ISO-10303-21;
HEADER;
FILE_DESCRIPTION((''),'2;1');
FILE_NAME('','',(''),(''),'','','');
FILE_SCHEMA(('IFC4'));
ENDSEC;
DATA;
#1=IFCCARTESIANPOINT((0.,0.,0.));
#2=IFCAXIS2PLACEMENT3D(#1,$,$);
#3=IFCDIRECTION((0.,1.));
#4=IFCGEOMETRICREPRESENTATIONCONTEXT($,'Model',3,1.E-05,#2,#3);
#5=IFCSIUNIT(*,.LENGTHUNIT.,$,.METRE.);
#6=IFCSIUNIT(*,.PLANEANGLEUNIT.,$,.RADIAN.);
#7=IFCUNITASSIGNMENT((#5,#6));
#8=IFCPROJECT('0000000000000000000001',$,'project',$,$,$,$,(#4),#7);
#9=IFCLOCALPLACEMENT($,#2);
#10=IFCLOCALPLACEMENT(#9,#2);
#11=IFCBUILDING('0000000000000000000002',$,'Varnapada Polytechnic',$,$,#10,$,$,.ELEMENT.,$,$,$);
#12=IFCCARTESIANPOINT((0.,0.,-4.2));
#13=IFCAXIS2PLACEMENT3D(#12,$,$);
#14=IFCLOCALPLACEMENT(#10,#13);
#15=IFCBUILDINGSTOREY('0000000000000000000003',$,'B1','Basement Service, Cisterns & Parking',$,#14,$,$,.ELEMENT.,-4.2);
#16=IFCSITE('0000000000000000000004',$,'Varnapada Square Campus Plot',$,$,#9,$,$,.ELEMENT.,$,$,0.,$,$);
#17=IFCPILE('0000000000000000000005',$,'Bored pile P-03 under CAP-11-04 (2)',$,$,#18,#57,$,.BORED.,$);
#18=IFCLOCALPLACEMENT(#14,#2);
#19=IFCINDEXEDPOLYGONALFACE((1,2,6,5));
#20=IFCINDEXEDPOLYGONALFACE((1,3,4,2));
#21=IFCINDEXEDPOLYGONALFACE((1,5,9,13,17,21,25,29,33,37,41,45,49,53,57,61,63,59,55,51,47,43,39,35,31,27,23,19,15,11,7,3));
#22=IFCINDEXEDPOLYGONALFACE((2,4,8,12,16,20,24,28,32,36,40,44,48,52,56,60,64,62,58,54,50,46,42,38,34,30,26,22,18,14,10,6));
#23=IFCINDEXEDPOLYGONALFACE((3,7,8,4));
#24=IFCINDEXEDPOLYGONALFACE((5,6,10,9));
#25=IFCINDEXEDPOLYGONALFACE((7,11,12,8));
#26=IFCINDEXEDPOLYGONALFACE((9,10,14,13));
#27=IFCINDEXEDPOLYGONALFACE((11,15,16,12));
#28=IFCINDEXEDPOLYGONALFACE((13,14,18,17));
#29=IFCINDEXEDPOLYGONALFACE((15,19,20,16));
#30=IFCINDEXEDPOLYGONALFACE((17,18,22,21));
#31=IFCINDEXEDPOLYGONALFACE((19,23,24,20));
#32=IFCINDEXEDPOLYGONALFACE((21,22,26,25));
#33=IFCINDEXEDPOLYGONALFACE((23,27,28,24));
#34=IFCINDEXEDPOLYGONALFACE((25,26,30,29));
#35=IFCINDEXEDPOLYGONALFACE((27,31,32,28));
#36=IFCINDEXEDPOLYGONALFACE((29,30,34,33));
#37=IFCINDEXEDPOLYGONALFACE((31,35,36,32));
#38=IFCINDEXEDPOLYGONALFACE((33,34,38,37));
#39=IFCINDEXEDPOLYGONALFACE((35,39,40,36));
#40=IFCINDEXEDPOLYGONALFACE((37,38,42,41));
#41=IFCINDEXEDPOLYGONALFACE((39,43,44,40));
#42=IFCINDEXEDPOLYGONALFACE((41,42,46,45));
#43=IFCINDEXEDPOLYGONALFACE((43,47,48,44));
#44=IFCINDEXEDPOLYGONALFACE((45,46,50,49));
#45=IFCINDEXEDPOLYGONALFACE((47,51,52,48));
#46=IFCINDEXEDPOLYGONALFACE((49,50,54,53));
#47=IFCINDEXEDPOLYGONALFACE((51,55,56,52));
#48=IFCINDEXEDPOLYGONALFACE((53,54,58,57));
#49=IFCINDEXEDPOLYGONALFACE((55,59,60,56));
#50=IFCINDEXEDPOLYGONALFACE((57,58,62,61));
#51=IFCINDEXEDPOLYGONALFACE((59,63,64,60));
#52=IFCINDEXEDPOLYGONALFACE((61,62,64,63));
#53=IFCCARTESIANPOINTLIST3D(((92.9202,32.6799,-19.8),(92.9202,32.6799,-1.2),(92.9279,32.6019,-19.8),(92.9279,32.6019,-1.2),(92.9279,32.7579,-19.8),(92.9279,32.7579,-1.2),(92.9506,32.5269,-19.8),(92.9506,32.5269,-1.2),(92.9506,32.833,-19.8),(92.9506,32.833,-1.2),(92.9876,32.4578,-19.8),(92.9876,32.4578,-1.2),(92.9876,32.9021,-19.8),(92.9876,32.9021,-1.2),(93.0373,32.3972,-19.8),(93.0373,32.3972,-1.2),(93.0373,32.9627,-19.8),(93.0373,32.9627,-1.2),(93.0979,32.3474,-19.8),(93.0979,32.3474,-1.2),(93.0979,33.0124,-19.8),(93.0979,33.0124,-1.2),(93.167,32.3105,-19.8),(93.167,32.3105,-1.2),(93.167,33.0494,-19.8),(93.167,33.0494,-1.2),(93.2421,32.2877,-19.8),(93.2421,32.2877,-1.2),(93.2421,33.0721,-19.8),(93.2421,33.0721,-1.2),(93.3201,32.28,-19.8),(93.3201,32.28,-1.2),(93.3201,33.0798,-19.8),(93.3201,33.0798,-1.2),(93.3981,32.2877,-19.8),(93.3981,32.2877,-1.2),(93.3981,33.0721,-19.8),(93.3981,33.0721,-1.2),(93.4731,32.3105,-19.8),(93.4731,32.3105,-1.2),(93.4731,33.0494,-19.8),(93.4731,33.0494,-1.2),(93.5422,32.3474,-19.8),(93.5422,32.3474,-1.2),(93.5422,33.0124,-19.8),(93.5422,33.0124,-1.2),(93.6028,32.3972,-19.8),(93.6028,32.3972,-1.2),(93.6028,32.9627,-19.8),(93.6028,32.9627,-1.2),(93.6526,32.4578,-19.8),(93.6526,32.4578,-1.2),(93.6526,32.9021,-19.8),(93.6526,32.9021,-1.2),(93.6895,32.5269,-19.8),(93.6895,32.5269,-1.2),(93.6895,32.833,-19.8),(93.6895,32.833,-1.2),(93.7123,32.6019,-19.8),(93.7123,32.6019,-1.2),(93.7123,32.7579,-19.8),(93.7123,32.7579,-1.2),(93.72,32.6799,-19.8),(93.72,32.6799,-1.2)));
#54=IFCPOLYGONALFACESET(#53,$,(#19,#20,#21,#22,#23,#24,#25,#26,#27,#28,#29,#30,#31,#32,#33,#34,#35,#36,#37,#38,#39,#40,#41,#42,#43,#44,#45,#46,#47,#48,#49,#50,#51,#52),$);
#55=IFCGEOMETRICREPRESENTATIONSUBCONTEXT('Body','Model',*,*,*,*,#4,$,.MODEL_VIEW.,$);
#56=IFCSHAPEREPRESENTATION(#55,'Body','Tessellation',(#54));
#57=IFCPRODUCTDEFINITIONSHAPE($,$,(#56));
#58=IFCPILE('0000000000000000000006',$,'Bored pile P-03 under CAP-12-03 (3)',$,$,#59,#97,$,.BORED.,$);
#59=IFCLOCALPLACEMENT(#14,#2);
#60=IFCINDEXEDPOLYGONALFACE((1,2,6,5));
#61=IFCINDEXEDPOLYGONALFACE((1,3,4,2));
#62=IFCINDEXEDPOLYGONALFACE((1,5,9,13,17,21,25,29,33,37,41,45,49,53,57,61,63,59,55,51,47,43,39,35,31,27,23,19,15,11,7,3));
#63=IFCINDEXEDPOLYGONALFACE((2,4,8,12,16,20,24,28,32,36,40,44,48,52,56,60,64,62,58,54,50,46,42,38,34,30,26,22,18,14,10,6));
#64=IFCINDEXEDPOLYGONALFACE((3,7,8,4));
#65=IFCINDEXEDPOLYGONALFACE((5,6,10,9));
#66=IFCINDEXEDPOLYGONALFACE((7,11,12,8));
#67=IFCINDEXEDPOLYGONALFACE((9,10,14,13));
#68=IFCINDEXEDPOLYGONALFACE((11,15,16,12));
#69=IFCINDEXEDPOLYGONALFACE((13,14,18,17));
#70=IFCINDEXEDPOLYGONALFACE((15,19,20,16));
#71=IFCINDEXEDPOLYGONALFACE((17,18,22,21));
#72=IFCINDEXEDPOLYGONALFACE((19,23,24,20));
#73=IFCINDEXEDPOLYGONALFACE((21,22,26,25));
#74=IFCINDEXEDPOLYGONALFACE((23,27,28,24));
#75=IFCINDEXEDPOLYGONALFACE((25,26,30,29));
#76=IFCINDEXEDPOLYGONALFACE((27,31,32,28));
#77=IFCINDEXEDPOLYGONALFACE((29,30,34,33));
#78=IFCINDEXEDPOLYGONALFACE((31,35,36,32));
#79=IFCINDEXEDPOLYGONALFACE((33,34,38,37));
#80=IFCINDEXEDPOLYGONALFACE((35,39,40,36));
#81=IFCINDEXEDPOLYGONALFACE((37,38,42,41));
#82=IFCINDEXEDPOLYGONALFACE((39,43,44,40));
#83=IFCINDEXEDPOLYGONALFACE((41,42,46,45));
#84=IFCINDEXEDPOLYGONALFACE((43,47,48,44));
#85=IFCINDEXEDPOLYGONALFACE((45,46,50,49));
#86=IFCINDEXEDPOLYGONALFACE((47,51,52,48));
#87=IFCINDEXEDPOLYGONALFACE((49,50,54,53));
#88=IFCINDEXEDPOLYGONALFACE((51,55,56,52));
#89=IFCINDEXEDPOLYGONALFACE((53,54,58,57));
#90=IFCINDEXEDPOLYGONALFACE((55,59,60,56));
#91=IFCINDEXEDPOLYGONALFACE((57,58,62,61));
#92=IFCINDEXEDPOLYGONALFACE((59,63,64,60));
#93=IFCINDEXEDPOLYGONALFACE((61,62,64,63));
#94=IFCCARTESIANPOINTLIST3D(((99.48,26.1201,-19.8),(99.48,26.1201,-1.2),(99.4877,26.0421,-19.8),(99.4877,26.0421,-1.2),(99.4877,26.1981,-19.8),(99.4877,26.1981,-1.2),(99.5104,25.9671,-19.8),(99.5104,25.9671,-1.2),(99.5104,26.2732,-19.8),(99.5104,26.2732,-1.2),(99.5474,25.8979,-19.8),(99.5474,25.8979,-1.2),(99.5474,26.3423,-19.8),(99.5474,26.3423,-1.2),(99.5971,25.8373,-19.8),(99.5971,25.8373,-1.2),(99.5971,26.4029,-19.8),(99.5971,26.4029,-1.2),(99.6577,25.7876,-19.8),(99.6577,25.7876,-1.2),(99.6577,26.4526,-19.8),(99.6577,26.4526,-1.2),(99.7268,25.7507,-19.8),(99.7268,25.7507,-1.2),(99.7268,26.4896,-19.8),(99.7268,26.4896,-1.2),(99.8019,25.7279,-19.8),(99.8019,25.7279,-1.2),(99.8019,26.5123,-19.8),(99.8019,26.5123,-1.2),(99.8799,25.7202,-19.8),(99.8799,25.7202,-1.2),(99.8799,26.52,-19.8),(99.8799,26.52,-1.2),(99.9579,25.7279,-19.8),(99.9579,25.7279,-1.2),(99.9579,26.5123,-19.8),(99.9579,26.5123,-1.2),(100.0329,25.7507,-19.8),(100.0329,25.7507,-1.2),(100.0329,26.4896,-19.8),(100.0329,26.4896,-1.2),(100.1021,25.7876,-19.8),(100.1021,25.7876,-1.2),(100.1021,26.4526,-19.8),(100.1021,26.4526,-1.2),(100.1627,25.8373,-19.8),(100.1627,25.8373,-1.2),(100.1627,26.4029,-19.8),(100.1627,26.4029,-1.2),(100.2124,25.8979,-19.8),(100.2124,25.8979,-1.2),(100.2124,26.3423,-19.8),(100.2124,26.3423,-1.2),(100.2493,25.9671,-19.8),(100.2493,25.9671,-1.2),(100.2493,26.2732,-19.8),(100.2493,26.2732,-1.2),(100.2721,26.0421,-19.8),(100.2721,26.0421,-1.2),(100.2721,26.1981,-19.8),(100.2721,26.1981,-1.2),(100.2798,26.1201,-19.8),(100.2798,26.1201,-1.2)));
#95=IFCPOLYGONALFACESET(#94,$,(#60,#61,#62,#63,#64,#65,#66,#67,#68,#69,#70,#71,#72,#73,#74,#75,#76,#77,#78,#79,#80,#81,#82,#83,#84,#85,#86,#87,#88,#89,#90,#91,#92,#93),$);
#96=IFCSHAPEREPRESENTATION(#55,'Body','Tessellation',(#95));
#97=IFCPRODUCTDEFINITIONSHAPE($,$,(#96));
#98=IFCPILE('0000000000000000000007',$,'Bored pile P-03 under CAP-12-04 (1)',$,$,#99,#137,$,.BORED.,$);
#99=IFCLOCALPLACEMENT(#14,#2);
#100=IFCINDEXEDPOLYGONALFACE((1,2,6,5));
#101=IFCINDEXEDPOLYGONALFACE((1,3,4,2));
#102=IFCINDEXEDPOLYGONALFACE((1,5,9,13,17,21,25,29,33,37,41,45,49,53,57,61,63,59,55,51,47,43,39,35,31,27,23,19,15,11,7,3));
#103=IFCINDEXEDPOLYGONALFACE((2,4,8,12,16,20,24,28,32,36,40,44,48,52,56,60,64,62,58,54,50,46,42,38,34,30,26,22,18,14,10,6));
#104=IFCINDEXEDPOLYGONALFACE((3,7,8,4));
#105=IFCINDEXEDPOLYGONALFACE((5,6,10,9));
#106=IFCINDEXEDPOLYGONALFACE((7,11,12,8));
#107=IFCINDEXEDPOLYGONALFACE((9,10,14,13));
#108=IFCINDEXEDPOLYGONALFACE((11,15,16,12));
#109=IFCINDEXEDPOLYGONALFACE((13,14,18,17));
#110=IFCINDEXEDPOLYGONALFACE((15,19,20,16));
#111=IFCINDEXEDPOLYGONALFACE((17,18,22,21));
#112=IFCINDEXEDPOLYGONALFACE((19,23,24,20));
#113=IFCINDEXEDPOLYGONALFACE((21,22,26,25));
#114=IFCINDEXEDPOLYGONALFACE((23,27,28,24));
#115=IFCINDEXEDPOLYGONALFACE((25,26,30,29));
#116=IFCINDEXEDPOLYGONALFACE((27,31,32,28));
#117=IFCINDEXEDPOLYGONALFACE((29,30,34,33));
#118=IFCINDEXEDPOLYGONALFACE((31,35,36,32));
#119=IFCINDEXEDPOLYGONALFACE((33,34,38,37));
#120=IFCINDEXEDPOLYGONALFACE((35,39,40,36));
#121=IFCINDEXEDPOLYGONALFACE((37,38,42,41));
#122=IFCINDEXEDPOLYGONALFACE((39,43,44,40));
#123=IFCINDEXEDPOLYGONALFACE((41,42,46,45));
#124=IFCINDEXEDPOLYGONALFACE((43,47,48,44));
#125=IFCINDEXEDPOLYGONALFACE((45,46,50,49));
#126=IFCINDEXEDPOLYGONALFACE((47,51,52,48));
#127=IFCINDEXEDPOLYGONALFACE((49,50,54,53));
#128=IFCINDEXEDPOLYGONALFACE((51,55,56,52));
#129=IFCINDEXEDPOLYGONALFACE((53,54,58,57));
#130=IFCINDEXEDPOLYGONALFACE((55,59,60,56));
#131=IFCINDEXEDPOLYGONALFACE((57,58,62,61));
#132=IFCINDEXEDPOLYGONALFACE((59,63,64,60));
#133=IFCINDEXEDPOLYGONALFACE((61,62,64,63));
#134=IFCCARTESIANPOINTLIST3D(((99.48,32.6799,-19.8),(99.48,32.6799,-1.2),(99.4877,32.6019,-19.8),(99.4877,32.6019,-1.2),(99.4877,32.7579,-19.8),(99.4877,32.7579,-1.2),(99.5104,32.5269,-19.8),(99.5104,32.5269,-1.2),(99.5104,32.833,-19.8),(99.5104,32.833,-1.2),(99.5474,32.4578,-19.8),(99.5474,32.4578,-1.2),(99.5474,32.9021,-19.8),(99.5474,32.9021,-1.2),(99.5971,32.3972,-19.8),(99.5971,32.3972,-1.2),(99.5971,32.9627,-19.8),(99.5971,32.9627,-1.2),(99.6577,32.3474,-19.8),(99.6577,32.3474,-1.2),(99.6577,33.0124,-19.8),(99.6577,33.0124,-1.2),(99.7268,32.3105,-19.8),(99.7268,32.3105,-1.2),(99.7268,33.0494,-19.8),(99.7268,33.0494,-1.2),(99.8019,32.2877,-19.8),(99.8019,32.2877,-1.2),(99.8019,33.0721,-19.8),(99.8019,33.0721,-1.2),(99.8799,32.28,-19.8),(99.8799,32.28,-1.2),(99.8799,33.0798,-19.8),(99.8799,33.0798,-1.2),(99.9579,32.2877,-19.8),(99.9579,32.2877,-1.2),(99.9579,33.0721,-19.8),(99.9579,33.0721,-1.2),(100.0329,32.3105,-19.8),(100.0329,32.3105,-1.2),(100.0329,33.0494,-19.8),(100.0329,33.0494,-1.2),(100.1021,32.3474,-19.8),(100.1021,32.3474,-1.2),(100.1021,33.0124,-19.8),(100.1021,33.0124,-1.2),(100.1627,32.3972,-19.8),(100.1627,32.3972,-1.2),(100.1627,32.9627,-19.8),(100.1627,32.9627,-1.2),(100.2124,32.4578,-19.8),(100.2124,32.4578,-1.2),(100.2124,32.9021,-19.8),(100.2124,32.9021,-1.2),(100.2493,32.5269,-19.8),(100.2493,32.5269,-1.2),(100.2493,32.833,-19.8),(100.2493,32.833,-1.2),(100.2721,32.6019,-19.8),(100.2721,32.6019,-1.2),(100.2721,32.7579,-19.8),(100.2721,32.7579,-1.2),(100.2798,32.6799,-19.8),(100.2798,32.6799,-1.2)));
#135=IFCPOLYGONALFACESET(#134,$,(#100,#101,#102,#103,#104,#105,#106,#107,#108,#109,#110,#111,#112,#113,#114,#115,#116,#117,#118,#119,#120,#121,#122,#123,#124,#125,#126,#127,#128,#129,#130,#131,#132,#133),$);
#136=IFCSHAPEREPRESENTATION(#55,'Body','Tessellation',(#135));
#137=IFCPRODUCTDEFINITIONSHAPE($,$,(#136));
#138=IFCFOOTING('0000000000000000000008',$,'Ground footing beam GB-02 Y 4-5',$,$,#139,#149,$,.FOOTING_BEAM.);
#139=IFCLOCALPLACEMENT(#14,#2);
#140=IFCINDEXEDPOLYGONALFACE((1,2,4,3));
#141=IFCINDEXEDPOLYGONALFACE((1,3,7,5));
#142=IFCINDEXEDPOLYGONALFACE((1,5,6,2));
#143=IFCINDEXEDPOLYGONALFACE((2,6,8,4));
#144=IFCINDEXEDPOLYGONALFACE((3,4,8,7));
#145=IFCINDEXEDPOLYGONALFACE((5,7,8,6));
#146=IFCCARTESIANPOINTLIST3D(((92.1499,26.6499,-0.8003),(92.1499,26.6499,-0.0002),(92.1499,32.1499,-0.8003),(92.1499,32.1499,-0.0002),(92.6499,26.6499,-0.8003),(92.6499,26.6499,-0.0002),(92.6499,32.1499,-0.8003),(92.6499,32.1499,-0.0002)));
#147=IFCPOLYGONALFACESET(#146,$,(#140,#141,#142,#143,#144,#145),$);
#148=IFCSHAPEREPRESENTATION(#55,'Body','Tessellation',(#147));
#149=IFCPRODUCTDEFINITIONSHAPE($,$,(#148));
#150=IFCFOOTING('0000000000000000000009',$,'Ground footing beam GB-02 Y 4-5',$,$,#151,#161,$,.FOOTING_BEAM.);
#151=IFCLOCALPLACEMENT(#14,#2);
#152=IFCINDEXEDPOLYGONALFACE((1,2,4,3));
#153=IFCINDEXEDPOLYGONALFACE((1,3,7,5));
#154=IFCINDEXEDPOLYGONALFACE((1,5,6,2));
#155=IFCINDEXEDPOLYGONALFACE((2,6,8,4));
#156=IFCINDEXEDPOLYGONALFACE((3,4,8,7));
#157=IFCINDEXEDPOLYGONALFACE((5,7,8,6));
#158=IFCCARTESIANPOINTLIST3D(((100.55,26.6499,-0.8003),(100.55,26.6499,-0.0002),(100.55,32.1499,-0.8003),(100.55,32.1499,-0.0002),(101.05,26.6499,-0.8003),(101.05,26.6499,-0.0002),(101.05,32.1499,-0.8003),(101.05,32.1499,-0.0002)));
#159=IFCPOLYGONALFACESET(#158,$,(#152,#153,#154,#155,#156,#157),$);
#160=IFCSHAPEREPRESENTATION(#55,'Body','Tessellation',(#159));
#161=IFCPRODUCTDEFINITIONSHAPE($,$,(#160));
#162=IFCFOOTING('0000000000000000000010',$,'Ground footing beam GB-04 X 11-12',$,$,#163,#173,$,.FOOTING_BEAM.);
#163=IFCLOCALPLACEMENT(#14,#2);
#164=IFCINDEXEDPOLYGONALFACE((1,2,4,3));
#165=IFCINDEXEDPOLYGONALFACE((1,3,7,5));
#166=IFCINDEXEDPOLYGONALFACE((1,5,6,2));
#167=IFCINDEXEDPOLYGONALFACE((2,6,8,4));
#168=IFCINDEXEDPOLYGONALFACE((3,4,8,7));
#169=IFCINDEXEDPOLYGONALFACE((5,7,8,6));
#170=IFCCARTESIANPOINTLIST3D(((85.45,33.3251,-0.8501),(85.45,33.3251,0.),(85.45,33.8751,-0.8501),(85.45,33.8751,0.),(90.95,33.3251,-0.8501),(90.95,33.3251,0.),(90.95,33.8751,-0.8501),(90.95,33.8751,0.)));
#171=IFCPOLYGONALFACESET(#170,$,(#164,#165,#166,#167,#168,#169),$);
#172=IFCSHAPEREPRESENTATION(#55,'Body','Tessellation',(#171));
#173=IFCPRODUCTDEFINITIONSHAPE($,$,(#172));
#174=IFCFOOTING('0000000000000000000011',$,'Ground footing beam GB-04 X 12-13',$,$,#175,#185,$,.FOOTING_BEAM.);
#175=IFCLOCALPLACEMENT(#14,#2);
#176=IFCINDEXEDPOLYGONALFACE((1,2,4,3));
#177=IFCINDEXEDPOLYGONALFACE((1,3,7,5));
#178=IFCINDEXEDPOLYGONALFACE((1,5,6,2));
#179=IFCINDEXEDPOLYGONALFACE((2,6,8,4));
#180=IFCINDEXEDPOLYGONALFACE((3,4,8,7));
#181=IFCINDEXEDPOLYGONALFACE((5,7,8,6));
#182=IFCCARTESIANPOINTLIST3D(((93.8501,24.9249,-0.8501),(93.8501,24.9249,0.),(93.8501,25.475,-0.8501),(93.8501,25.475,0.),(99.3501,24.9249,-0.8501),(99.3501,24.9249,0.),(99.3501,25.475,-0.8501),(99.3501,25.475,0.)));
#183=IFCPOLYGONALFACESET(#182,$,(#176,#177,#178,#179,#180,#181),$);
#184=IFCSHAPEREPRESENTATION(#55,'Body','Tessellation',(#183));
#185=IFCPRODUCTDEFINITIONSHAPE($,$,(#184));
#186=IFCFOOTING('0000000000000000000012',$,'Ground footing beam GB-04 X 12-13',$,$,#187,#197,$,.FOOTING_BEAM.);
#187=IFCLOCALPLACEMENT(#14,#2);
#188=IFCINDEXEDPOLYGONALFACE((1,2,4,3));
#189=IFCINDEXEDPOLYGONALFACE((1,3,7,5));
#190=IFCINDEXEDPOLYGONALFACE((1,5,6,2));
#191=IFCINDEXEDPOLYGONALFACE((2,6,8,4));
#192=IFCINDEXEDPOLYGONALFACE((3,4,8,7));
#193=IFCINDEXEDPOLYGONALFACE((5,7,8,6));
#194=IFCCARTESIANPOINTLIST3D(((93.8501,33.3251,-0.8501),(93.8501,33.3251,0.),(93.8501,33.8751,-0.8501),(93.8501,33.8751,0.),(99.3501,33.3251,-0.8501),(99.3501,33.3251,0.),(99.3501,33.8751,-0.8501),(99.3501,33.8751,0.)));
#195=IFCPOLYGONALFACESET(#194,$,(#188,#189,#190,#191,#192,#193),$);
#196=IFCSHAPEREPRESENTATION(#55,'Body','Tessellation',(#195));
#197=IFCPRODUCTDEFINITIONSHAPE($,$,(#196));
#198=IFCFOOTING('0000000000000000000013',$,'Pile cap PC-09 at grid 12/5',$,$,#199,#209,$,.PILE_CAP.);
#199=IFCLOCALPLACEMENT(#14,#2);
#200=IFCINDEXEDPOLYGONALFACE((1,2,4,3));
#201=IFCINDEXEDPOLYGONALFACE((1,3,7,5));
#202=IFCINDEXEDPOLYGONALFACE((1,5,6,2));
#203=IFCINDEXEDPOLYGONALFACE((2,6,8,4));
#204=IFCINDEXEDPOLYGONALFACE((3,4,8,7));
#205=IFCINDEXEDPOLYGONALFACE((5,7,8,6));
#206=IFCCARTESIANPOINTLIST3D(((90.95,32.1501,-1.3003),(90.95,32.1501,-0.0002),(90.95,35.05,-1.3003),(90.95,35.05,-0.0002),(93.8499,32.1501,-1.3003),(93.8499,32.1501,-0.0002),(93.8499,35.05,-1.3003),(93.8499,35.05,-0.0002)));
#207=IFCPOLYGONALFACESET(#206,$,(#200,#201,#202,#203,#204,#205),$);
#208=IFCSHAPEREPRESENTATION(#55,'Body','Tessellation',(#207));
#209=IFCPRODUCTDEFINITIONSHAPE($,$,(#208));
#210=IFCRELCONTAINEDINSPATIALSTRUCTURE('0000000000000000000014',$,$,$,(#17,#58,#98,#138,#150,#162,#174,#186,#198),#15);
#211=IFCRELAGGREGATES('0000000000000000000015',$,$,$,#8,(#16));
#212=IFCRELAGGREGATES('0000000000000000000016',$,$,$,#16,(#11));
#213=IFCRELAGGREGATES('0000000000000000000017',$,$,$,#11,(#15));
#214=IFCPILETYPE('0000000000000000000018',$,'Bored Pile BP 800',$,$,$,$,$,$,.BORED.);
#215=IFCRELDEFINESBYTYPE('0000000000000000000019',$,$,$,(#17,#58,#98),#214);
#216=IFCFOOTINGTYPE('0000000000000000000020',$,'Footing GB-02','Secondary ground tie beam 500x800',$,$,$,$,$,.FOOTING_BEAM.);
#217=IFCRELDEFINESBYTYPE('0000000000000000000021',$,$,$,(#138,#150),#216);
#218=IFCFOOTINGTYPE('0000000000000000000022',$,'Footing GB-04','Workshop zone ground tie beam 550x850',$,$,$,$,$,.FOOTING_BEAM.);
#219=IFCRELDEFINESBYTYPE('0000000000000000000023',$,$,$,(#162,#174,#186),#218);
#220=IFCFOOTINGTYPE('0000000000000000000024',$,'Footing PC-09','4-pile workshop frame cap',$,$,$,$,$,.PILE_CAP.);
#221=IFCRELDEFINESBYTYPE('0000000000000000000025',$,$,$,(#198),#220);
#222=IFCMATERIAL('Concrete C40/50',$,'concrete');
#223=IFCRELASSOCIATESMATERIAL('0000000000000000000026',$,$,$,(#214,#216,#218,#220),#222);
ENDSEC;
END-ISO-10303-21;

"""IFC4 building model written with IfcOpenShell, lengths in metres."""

from ifc_helpers import new_model, si_unit, direction, frame, origin, origin_2d, place, context, subcontext, project, spatial, rectangle, circle, extrude, material, material_profile, profile_set, type_object, element, save


model = new_model("IFC4")

# Units and contexts
model_context = context("Model", 3, precision=1e-05, world=origin(), true_north=direction((0.0, 1.0)))
body_context = subcontext(model_context, "Body", "Model", "MODEL_VIEW")
ifc_project = project(units=[si_unit("LENGTHUNIT", "METRE"), si_unit("PLANEANGLEUNIT", "RADIAN")], contexts=[model_context])

# Site, building, storey
site_placement = place(None, origin())
site = spatial("IfcSite", under=ifc_project, at=site_placement, Name="Varnapada Square Campus Plot", CompositionType="ELEMENT", RefElevation=0.0)
building_placement = place(site_placement, origin())
building = spatial("IfcBuilding", under=site, at=building_placement, Name="Varnapada Polytechnic", CompositionType="ELEMENT")
storey_placement = place(building_placement, frame((0.0, 0.0, -4.2)))
storey = spatial("IfcBuildingStorey", under=building, at=storey_placement, Name="B1", Description="Basement Service, Cisterns & Parking", CompositionType="ELEMENT", Elevation=-4.2)

# Piles
ifc_material_1 = material(Name="Concrete C40/50", Category="concrete")
ifc_material_profile_1 = material_profile(ifc_material_1, circle(Radius=0.3999, at=origin_2d()), Name="BP 800")
ifc_profile_set_1 = profile_set([ifc_material_profile_1], Name="Concrete C40/50")
pile_type = type_object("IfcPileType", Name="Bored Pile BP 800", PredefinedType="BORED", material=ifc_profile_set_1)
for number, where, z_axis, x_axis, name in (
    (1, (93.3201, 32.6799, -1.2), (0.0, 0.0, -1.0), (1.0, 0.0, 0.0), "Bored pile P-03 under CAP-11-04 (2)"),
    (2, (99.8799, 26.1201, -1.2), (0.0, 0.0, -1.0), (1.0, 0.0, 0.0), "Bored pile P-03 under CAP-12-03 (3)"),
    (3, (99.8799, 32.6799, -1.2), (0.0, 0.0, -1.0), (1.0, 0.0, 0.0), "Bored pile P-03 under CAP-12-04 (1)"),
):
    element("IfcPile", number, at=place(storey_placement, frame(where, z_axis=z_axis, x_axis=x_axis)), inside=storey, type_object=pile_type, Name=name, PredefinedType="BORED", context=body_context, shape_type="SweptSolid", body=[
        extrude(circle(Radius=0.3999, at=origin_2d()), origin(), (0.0, 0.0, 1.0), 18.6001),
    ])

# Footings
footing_type_1 = type_object("IfcFootingType", Name="Footing GB-02", Description="Secondary ground tie beam 500x800", PredefinedType="FOOTING_BEAM", material=ifc_material_1)
for number, where, z_axis, x_axis, name in (
    (4, (92.3999, 29.3999, -0.8003), (0.0, 0.0, 1.0), (0.0, 1.0, 0.0), "Ground footing beam GB-02 Y 4-5"),
    (5, (100.8, 29.3999, -0.8003), (0.0, 0.0, 1.0), (0.0, 1.0, 0.0), "Ground footing beam GB-02 Y 4-5"),
):
    element("IfcFooting", number, at=place(storey_placement, frame(where, z_axis=z_axis, x_axis=x_axis)), inside=storey, type_object=footing_type_1, Name=name, PredefinedType="FOOTING_BEAM", context=body_context, shape_type="SweptSolid", body=[
        extrude(rectangle(XDim=5.5, YDim=0.5, at=origin_2d()), origin(), (0.0, 0.0, 1.0), 0.8),
    ])
footing_type_2 = type_object("IfcFootingType", Name="Footing GB-04", Description="Workshop zone ground tie beam 550x850", PredefinedType="FOOTING_BEAM", material=ifc_material_1)
for number, where, z_axis, x_axis, name in (
    (6, (88.2, 33.6001, -0.8501), (0.0, 0.0, 1.0), (1.0, 0.0, 0.0), "Ground footing beam GB-04 X 11-12"),
    (7, (96.6001, 25.2, -0.8501), (0.0, 0.0, 1.0), (1.0, 0.0, 0.0), "Ground footing beam GB-04 X 12-13"),
    (8, (96.6001, 33.6001, -0.8501), (0.0, 0.0, 1.0), (1.0, 0.0, 0.0), "Ground footing beam GB-04 X 12-13"),
):
    element("IfcFooting", number, at=place(storey_placement, frame(where, z_axis=z_axis, x_axis=x_axis)), inside=storey, type_object=footing_type_2, Name=name, PredefinedType="FOOTING_BEAM", context=body_context, shape_type="SweptSolid", body=[
        extrude(rectangle(XDim=5.5, YDim=0.55, at=origin_2d()), origin(), (0.0, 0.0, 1.0), 0.8501),
    ])
footing_type_3 = type_object("IfcFootingType", Name="Footing PC-09", Description="4-pile workshop frame cap", PredefinedType="PILE_CAP", material=ifc_material_1)
for number, where, z_axis, x_axis, name in (
    (9, (92.3999, 33.6001, -1.3003), (0.0, 0.0, 1.0), (1.0, 0.0, 0.0), "Pile cap PC-09 at grid 12/5"),
):
    element("IfcFooting", number, at=place(storey_placement, frame(where, z_axis=z_axis, x_axis=x_axis)), inside=storey, type_object=footing_type_3, Name=name, PredefinedType="PILE_CAP", context=body_context, shape_type="SweptSolid", body=[
        extrude(rectangle(XDim=2.8999, YDim=2.8999, at=origin_2d()), origin(), (0.0, 0.0, 1.0), 1.3),
    ])

save(model, "model.ifc")
